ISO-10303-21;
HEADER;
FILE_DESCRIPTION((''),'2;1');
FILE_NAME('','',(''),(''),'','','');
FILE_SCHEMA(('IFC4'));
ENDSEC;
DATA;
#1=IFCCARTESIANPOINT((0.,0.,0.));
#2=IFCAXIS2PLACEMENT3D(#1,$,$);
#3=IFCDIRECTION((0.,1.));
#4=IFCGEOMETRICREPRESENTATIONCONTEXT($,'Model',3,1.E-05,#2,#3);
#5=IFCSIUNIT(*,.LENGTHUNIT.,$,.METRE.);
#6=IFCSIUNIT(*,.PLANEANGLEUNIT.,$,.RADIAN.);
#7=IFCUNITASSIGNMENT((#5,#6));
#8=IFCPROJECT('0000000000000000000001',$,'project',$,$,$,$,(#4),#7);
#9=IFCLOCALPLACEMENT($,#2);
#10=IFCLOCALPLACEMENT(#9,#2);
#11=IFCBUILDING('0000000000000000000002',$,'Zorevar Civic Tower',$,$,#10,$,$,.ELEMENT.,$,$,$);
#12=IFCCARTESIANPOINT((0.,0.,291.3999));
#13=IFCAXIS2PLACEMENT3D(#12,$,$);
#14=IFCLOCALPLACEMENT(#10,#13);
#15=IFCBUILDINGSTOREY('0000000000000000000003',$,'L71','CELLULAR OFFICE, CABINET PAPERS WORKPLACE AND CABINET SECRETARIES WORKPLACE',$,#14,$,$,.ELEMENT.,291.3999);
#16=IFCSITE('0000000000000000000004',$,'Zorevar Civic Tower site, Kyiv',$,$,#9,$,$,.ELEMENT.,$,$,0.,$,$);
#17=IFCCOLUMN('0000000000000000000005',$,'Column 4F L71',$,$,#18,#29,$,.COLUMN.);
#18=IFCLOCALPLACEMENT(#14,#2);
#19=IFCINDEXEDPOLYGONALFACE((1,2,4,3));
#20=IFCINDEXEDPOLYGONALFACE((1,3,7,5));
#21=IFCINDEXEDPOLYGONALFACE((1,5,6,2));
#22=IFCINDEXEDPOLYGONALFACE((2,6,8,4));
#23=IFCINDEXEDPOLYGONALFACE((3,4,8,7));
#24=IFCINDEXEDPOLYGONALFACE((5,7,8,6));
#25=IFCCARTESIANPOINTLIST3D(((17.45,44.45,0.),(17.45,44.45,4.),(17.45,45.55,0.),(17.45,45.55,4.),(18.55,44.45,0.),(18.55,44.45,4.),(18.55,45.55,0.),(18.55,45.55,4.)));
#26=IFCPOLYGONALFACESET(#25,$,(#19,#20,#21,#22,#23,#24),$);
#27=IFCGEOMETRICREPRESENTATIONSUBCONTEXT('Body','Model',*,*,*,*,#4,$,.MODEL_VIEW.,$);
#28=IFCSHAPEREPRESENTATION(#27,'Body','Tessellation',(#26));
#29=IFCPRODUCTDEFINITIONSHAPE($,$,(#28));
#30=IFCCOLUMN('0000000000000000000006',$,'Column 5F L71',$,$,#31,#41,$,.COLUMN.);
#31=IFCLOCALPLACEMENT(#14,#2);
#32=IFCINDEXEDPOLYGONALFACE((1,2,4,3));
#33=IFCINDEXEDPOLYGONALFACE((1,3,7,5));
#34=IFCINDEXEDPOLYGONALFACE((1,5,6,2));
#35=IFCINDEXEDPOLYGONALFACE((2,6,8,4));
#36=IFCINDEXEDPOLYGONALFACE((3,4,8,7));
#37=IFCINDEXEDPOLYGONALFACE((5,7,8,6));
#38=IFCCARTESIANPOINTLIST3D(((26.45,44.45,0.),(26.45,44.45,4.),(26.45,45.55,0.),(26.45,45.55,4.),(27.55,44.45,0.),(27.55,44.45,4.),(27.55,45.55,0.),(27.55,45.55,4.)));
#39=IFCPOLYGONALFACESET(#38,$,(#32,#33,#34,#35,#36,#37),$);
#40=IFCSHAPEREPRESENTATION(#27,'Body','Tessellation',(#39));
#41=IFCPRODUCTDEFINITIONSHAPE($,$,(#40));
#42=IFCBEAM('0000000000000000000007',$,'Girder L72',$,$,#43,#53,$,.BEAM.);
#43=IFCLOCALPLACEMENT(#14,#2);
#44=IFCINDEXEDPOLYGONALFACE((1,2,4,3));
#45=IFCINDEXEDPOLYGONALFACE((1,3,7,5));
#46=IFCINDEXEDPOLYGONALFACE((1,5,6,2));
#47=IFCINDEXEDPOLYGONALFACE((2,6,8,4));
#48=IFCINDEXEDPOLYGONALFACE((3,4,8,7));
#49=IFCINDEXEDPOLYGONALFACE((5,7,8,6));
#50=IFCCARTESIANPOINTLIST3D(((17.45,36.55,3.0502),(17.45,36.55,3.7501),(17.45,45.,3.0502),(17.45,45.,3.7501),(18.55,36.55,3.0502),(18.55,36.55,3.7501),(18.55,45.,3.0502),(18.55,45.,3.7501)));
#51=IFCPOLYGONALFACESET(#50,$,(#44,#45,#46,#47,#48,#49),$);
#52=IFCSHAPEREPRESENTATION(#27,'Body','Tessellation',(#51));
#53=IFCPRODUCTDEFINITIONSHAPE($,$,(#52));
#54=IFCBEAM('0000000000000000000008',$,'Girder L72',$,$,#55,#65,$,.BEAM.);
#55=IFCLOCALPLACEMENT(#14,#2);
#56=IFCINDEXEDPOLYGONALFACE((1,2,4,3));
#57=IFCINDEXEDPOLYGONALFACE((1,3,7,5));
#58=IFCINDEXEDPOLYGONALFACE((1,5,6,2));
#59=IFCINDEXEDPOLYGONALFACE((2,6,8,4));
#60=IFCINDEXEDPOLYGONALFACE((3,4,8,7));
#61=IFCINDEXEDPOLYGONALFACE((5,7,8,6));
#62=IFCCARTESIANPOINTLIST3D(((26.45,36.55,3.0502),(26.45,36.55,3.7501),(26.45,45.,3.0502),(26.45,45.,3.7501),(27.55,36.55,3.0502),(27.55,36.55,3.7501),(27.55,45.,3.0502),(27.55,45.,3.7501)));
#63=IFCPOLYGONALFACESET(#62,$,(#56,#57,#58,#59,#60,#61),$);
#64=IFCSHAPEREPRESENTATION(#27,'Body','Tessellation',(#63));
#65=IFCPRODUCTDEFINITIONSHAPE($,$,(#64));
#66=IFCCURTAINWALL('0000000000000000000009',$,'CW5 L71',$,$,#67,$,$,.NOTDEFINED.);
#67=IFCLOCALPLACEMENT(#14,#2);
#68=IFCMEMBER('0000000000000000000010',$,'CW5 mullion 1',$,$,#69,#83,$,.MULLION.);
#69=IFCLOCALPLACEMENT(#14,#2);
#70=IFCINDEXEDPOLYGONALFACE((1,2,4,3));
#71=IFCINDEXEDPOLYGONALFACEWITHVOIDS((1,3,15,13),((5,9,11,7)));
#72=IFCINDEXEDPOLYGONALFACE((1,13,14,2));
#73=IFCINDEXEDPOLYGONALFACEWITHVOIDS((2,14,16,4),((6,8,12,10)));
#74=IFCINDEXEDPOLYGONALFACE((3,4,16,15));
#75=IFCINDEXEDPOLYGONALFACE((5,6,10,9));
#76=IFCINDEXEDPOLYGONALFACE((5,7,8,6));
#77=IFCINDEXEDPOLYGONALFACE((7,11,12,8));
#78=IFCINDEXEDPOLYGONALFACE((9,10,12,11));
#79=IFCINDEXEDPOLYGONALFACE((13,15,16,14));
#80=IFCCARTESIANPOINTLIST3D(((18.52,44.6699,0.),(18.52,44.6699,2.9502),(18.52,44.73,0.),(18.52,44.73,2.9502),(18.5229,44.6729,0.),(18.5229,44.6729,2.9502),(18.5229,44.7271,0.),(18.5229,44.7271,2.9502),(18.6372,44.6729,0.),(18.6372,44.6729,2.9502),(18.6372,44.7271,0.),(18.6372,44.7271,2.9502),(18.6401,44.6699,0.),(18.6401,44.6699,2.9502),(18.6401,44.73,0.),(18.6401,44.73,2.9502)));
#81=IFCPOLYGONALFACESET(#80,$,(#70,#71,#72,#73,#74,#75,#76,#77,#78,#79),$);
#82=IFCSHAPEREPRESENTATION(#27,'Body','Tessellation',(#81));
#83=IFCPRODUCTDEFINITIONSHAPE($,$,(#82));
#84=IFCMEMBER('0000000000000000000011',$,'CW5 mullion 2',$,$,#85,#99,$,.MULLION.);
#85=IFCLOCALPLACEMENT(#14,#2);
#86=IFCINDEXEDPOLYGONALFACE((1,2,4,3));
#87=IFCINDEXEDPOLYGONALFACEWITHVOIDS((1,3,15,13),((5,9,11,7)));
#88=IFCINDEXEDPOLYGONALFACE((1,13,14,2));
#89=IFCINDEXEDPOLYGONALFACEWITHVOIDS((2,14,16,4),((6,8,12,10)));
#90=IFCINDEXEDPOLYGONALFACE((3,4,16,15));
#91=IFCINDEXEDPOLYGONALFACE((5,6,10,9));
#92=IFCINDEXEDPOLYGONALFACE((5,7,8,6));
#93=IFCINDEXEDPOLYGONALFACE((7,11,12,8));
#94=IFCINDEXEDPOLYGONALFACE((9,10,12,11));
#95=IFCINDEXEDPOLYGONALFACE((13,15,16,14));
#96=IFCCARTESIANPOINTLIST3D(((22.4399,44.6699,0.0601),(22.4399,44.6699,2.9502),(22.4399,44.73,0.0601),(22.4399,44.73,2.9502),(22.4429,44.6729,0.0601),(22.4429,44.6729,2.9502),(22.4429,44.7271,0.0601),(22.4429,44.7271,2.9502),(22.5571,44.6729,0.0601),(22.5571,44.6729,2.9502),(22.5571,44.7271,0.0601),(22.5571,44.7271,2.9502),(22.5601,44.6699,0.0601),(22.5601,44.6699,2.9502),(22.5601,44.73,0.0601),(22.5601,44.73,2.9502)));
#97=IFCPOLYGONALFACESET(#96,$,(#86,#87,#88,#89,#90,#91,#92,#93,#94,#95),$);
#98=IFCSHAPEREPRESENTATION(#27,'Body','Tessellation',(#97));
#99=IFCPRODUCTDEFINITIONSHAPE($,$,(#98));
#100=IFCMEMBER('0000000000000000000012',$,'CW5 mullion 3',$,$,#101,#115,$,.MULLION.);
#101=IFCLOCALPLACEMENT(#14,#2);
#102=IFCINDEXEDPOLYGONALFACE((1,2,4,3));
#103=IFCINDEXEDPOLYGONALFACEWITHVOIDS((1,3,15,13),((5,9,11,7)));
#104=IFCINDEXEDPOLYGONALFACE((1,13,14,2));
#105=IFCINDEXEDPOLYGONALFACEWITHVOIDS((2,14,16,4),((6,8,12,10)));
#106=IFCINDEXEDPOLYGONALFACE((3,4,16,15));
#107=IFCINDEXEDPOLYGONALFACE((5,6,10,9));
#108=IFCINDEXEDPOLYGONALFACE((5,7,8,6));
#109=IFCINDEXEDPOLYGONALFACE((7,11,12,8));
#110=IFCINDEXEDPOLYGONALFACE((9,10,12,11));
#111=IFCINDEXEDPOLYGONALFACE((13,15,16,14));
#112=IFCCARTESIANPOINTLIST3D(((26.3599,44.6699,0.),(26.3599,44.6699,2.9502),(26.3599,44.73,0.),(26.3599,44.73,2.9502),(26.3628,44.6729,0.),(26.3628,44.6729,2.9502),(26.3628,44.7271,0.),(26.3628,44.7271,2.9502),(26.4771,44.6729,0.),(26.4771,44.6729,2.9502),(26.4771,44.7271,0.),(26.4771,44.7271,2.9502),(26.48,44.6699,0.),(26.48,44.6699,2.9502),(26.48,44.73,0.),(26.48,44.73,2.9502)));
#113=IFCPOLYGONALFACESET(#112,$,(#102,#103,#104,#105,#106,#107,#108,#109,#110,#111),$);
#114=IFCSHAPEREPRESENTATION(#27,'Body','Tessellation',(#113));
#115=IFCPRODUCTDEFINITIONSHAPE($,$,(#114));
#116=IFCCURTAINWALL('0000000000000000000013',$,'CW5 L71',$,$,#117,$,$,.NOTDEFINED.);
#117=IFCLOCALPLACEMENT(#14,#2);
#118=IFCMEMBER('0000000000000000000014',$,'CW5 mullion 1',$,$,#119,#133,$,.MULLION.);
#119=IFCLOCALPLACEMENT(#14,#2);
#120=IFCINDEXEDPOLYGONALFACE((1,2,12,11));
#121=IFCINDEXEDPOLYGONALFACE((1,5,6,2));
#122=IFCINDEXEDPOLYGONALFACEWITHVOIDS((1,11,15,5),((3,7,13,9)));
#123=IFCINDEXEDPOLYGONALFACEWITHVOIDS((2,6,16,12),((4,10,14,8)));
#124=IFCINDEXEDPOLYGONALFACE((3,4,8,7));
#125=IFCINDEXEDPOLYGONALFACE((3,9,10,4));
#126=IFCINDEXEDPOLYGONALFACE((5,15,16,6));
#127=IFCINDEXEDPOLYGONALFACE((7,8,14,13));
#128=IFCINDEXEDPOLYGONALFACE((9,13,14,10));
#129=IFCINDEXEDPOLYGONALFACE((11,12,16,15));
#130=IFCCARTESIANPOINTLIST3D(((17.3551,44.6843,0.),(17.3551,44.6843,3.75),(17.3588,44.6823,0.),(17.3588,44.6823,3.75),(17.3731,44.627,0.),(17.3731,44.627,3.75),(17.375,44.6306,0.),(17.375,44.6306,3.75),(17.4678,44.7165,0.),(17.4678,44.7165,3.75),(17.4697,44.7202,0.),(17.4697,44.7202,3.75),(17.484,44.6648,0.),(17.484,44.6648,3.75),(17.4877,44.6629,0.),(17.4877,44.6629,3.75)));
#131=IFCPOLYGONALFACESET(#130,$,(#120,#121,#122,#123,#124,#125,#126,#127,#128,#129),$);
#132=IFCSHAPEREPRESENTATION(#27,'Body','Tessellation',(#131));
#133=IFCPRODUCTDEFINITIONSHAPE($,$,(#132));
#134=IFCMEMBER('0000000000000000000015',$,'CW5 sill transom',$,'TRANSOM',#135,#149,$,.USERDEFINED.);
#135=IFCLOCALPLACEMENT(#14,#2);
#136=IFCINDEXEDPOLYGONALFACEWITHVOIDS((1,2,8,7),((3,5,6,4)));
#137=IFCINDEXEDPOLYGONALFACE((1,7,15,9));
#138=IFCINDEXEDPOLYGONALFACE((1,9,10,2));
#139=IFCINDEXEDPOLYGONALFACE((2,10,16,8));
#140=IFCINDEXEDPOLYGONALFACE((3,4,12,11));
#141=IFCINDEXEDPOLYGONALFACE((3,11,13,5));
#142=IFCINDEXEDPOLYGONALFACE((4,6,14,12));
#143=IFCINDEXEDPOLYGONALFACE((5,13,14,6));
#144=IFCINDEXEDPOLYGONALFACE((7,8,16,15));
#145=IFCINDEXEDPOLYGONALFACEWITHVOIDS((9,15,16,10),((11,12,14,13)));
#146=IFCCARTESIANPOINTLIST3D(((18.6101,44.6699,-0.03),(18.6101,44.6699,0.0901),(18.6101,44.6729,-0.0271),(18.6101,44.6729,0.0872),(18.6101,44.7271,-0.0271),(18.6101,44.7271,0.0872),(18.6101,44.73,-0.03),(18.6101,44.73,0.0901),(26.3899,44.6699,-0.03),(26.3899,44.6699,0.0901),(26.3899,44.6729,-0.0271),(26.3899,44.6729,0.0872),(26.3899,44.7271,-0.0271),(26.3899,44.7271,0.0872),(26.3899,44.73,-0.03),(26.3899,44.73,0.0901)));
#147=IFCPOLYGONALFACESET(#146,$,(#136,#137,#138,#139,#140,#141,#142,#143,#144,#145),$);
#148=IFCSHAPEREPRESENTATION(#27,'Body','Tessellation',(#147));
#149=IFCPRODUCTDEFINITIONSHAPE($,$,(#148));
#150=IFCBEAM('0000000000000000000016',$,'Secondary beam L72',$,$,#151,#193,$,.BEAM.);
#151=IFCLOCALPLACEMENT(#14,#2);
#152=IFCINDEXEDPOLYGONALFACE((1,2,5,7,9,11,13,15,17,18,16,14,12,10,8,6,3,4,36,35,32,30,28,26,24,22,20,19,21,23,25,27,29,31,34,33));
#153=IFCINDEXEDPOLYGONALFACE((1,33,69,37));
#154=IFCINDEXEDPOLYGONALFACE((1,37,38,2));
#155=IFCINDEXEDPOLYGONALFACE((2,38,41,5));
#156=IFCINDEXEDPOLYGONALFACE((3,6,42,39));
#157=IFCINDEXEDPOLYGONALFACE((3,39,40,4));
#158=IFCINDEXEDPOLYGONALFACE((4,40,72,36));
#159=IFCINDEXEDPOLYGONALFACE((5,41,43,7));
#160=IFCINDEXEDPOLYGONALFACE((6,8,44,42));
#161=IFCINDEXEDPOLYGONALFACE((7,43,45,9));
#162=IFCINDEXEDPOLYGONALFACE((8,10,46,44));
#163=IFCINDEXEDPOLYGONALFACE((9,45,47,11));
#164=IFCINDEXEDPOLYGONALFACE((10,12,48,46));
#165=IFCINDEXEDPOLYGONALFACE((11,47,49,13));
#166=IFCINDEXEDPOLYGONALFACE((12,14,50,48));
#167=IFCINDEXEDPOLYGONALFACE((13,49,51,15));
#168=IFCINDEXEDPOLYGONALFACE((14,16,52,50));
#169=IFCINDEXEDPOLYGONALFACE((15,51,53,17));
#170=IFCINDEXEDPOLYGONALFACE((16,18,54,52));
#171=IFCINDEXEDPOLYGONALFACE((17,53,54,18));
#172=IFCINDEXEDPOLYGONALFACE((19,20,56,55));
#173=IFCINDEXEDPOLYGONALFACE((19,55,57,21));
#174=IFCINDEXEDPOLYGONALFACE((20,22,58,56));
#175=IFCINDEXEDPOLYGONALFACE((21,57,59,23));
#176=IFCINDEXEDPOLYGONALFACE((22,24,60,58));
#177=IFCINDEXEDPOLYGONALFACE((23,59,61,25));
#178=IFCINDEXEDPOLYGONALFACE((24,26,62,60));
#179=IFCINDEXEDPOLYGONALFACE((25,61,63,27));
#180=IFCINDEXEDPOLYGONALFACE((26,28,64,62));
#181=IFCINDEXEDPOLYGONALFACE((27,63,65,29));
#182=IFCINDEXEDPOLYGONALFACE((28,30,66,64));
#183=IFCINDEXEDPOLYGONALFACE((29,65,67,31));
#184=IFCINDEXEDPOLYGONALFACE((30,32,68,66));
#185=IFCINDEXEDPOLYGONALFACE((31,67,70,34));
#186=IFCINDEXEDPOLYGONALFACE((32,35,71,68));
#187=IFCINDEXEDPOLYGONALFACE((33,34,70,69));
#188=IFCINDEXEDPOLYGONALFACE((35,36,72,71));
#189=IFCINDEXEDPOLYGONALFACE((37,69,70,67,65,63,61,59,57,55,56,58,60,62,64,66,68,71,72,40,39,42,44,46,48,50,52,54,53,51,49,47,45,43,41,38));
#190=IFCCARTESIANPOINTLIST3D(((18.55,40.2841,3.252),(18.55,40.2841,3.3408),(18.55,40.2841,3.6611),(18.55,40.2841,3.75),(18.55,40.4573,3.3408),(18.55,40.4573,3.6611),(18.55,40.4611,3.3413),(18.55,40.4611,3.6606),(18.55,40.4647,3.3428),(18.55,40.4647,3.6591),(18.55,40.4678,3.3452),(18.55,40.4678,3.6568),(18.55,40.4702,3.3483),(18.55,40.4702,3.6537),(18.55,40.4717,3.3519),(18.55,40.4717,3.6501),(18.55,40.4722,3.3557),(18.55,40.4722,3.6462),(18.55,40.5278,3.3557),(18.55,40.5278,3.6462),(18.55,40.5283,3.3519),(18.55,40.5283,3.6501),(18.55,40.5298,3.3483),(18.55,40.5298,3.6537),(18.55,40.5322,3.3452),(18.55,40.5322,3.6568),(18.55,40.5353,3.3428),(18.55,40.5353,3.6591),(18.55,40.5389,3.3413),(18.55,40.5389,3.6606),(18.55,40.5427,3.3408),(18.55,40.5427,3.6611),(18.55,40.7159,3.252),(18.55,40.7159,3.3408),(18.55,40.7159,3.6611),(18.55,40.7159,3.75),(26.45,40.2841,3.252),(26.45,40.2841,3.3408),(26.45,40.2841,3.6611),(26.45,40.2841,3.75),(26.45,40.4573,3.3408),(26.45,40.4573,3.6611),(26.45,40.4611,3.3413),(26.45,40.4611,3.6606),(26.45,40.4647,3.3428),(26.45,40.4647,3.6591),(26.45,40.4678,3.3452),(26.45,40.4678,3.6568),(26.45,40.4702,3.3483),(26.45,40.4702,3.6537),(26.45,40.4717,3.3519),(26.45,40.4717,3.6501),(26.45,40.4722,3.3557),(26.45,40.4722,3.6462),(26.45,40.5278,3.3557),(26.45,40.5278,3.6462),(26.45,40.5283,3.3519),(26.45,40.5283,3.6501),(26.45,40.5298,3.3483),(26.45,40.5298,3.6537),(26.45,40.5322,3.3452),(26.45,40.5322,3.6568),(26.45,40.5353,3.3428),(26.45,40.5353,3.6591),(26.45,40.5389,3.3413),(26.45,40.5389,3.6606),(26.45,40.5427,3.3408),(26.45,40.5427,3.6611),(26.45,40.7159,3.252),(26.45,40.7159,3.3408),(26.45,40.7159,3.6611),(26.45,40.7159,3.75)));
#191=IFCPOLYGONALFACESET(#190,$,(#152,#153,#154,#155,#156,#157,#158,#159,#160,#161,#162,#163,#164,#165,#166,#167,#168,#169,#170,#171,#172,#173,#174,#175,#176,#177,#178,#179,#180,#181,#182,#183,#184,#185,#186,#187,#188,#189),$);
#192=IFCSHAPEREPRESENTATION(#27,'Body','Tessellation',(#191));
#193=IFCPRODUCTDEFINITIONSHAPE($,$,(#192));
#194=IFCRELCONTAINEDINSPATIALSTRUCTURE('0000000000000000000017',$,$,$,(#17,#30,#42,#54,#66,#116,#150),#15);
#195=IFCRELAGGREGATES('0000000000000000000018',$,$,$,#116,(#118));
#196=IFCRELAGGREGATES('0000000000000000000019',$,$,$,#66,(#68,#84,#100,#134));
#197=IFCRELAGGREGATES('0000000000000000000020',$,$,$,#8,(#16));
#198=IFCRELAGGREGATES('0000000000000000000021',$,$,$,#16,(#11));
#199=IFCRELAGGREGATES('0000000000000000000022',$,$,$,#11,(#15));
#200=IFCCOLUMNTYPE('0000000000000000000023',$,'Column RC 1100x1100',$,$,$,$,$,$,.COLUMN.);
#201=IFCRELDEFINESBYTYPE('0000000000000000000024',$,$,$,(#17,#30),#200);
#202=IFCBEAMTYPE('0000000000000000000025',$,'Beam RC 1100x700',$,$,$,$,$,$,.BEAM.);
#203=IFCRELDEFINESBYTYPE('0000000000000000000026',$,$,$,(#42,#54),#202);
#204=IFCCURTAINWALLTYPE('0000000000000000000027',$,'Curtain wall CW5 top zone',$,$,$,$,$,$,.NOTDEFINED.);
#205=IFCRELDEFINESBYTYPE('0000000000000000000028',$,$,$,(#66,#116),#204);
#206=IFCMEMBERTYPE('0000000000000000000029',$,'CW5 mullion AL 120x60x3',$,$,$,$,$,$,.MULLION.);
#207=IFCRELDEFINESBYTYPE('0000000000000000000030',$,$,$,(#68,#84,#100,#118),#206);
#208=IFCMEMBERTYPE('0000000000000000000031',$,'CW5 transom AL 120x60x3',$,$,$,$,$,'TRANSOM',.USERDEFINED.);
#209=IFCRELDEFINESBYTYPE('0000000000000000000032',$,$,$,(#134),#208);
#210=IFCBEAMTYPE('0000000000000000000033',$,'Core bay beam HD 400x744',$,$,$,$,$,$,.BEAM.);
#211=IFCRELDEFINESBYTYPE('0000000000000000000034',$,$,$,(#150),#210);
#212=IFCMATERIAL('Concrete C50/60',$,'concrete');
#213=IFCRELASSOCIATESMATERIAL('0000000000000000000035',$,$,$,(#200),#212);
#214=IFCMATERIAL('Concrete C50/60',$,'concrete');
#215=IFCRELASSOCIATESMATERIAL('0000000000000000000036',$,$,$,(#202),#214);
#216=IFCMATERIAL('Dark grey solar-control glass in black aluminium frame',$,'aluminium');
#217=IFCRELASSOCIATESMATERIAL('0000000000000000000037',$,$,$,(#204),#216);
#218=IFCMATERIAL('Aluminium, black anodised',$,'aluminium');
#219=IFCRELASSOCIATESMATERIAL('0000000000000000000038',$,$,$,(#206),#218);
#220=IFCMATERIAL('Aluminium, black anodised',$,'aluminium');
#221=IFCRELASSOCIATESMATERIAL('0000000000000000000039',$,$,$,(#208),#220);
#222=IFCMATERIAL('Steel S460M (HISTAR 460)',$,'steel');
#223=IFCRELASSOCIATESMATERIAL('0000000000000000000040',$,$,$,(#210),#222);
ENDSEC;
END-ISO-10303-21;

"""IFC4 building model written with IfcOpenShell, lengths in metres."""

from ifc_helpers import new_model, si_unit, direction, frame, origin, origin_2d, place, context, subcontext, project, spatial, rectangle, hollow_rectangle, i_section, extrude, material, material_profile, profile_set, type_object, element, aggregate, save


model = new_model("IFC4")

# Units and contexts
model_context = context("Model", 3, precision=1e-05, world=origin(), true_north=direction((0.0, 1.0)))
body_context = subcontext(model_context, "Body", "Model", "MODEL_VIEW")
ifc_project = project(units=[si_unit("LENGTHUNIT", "METRE"), si_unit("PLANEANGLEUNIT", "RADIAN")], contexts=[model_context])

# Site, building, storey
site_placement = place(None, origin())
site = spatial("IfcSite", under=ifc_project, at=site_placement, Name="Zorevar Civic Tower site, Kyiv", CompositionType="ELEMENT", RefElevation=0.0)
building_placement = place(site_placement, origin())
building = spatial("IfcBuilding", under=site, at=building_placement, Name="Zorevar Civic Tower", CompositionType="ELEMENT")
storey_placement = place(building_placement, frame((0.0, 0.0, 291.3999)))
storey = spatial("IfcBuildingStorey", under=building, at=storey_placement, Name="L71", Description="CELLULAR OFFICE, CABINET PAPERS WORKPLACE AND CABINET SECRETARIES WORKPLACE", CompositionType="ELEMENT", Elevation=291.3999)

# Columns
ifc_material_1 = material(Name="Concrete C50/60", Category="concrete")
ifc_material_profile_1 = material_profile(ifc_material_1, rectangle(XDim=1.1001, YDim=1.1001, at=origin_2d()), Name="RC 1100x1100")
ifc_profile_set_1 = profile_set([ifc_material_profile_1], Name="Concrete C50/60")
column_type = type_object("IfcColumnType", Name="Column RC 1100x1100", PredefinedType="COLUMN", material=ifc_profile_set_1)
for number, where, z_axis, x_axis, name in (
    (1, (18.0, 45.0, 0.0), (0.0, 0.0, 1.0), (1.0, 0.0, 0.0), "Column 4F L71"),
    (2, (27.0, 45.0, 0.0), (0.0, 0.0, 1.0), (1.0, 0.0, 0.0), "Column 5F L71"),
):
    element("IfcColumn", number, at=place(storey_placement, frame(where, z_axis=z_axis, x_axis=x_axis)), inside=storey, type_object=column_type, Name=name, PredefinedType="COLUMN", context=body_context, shape_type="SweptSolid", body=[
        extrude(rectangle(XDim=1.1001, YDim=1.1001, at=origin_2d()), origin(), (0.0, 0.0, 1.0), 4.0),
    ])

# Beams
ifc_material_2 = material(Name="Concrete C50/60", Category="concrete")
ifc_material_profile_2 = material_profile(ifc_material_2, rectangle(XDim=1.1001, YDim=0.7, at=origin_2d()), Name="RC 1100x700")
ifc_profile_set_2 = profile_set([ifc_material_profile_2], Name="Concrete C50/60")
beam_type_1 = type_object("IfcBeamType", Name="Beam RC 1100x700", PredefinedType="BEAM", material=ifc_profile_set_2)
for number, where, z_axis, x_axis, name in (
    (3, (18.0, 36.55, 3.4001), (0.0, 1.0, 0.0), (-1.0, 0.0, 0.0), "Girder L72"),
    (4, (27.0, 36.55, 3.4001), (0.0, 1.0, 0.0), (-1.0, 0.0, 0.0), "Girder L72"),
):
    element("IfcBeam", number, at=place(storey_placement, frame(where, z_axis=z_axis, x_axis=x_axis)), inside=storey, type_object=beam_type_1, Name=name, PredefinedType="BEAM", context=body_context, shape_type="SweptSolid", body=[
        extrude(rectangle(XDim=1.1001, YDim=0.7, at=origin_2d()), origin(), (0.0, 0.0, 1.0), 8.45),
    ])

# Curtain wall, members
ifc_material_3 = material(Name="Dark grey solar-control glass in black aluminium frame", Category="aluminium")
curtain_wall_type = type_object("IfcCurtainWallType", Name="Curtain wall CW5 top zone", PredefinedType="NOTDEFINED", material=ifc_material_3)
curtain_wall_1_placement = place(storey_placement, origin())
curtain_wall_1 = element("IfcCurtainWall", 5, at=curtain_wall_1_placement, inside=storey, type_object=curtain_wall_type, Name="CW5 L71", PredefinedType="NOTDEFINED")
ifc_material_4 = material(Name="Aluminium, black anodised", Category="aluminium")
ifc_material_profile_3 = material_profile(ifc_material_4, hollow_rectangle(XDim=0.0601, YDim=0.1201, WallThickness=0.0029, at=origin_2d()), Name="AL 120x60x3")
ifc_profile_set_3 = profile_set([ifc_material_profile_3], Name="Aluminium, black anodised")
member_type_1 = type_object("IfcMemberType", Name="CW5 mullion AL 120x60x3", PredefinedType="MULLION", material=ifc_profile_set_3)
member_1_placement = place(storey_placement, frame((18.5801, 44.7, 0.0), z_axis=(0.0, 0.0, 1.0), x_axis=(0.0, 1.0, 0.0)))
member_1 = element("IfcMember", 6, at=member_1_placement, type_object=member_type_1, Name="CW5 mullion 1", PredefinedType="MULLION", context=body_context, shape_type="SweptSolid", body=[
    extrude(hollow_rectangle(XDim=0.0601, YDim=0.1201, WallThickness=0.0029, at=origin_2d()), origin(), (0.0, 0.0, 1.0), 2.9502),
])
member_2_placement = place(storey_placement, frame((22.5, 44.7, 0.0601), z_axis=(0.0, 0.0, 1.0), x_axis=(0.0, 1.0, 0.0)))
member_2 = element("IfcMember", 7, at=member_2_placement, type_object=member_type_1, Name="CW5 mullion 2", PredefinedType="MULLION", context=body_context, shape_type="SweptSolid", body=[
    extrude(hollow_rectangle(XDim=0.0601, YDim=0.1201, WallThickness=0.0029, at=origin_2d()), origin(), (0.0, 0.0, 1.0), 2.8901),
])
member_3_placement = place(storey_placement, frame((26.4199, 44.7, 0.0), z_axis=(0.0, 0.0, 1.0), x_axis=(0.0, 1.0, 0.0)))
member_3 = element("IfcMember", 8, at=member_3_placement, type_object=member_type_1, Name="CW5 mullion 3", PredefinedType="MULLION", context=body_context, shape_type="SweptSolid", body=[
    extrude(hollow_rectangle(XDim=0.0601, YDim=0.1201, WallThickness=0.0029, at=origin_2d()), origin(), (0.0, 0.0, 1.0), 2.9502),
])

# Curtain wall, member
curtain_wall_2_placement = place(storey_placement, origin())
curtain_wall_2 = element("IfcCurtainWall", 9, at=curtain_wall_2_placement, inside=storey, type_object=curtain_wall_type, Name="CW5 L71", PredefinedType="NOTDEFINED")
member_4_placement = place(storey_placement, frame((17.4214, 44.6736, 0.0), z_axis=(0.0, 0.0, 1.0), x_axis=(0.299318, -0.954153, 0.0)))
member_4 = element("IfcMember", 10, at=member_4_placement, type_object=member_type_1, Name="CW5 mullion 1", PredefinedType="MULLION", context=body_context, shape_type="SweptSolid", body=[
    extrude(hollow_rectangle(XDim=0.0601, YDim=0.1201, WallThickness=0.0029, at=origin_2d()), origin(), (0.0, 0.0, 1.0), 3.75),
])
aggregate(curtain_wall_2, [member_4])

# Member
ifc_material_5 = material(Name="Aluminium, black anodised", Category="aluminium")
ifc_material_profile_4 = material_profile(ifc_material_5, hollow_rectangle(XDim=0.0601, YDim=0.1201, WallThickness=0.0029, at=origin_2d()), Name="AL 120x60x3")
ifc_profile_set_4 = profile_set([ifc_material_profile_4], Name="Aluminium, black anodised")
member_type_2 = type_object("IfcMemberType", Name="CW5 transom AL 120x60x3", ElementType="TRANSOM", PredefinedType="USERDEFINED", material=ifc_profile_set_4)
member_5_placement = place(storey_placement, frame((18.6101, 44.7, 0.03), z_axis=(1.0, 0.0, 0.0), x_axis=(0.0, 1.0, 0.0)))
member_5 = element("IfcMember", 11, at=member_5_placement, type_object=member_type_2, Name="CW5 sill transom", ObjectType="TRANSOM", PredefinedType="USERDEFINED", context=body_context, shape_type="SweptSolid", body=[
    extrude(hollow_rectangle(XDim=0.0601, YDim=0.1201, WallThickness=0.0029, at=origin_2d()), origin(), (0.0, 0.0, 1.0), 7.7798),
])

# Beam
ifc_material_6 = material(Name="Steel S460M (HISTAR 460)", Category="steel")
ifc_material_profile_5 = material_profile(ifc_material_6, i_section(OverallWidth=0.4319, OverallDepth=0.498, WebThickness=0.0557, FlangeThickness=0.0889, FilletRadius=0.0149, at=origin_2d()), Name="HD 400x744")
ifc_profile_set_5 = profile_set([ifc_material_profile_5], Name="Steel S460M (HISTAR 460)")
beam_type_2 = type_object("IfcBeamType", Name="Core bay beam HD 400x744", PredefinedType="BEAM", material=ifc_profile_set_5)
beam_1_placement = place(storey_placement, frame((18.55, 40.5, 3.501), z_axis=(1.0, 0.0, 0.0), x_axis=(0.0, 1.0, 0.0)))
element("IfcBeam", 12, at=beam_1_placement, inside=storey, type_object=beam_type_2, Name="Secondary beam L72", PredefinedType="BEAM", context=body_context, shape_type="SweptSolid", body=[
    extrude(i_section(OverallWidth=0.4319, OverallDepth=0.498, WebThickness=0.0557, FlangeThickness=0.0889, FilletRadius=0.0149, at=origin_2d()), origin(), (0.0, 0.0, 1.0), 7.8999),
])

aggregate(curtain_wall_1, [member_1, member_2, member_3, member_5])

save(model, "model.ifc")
